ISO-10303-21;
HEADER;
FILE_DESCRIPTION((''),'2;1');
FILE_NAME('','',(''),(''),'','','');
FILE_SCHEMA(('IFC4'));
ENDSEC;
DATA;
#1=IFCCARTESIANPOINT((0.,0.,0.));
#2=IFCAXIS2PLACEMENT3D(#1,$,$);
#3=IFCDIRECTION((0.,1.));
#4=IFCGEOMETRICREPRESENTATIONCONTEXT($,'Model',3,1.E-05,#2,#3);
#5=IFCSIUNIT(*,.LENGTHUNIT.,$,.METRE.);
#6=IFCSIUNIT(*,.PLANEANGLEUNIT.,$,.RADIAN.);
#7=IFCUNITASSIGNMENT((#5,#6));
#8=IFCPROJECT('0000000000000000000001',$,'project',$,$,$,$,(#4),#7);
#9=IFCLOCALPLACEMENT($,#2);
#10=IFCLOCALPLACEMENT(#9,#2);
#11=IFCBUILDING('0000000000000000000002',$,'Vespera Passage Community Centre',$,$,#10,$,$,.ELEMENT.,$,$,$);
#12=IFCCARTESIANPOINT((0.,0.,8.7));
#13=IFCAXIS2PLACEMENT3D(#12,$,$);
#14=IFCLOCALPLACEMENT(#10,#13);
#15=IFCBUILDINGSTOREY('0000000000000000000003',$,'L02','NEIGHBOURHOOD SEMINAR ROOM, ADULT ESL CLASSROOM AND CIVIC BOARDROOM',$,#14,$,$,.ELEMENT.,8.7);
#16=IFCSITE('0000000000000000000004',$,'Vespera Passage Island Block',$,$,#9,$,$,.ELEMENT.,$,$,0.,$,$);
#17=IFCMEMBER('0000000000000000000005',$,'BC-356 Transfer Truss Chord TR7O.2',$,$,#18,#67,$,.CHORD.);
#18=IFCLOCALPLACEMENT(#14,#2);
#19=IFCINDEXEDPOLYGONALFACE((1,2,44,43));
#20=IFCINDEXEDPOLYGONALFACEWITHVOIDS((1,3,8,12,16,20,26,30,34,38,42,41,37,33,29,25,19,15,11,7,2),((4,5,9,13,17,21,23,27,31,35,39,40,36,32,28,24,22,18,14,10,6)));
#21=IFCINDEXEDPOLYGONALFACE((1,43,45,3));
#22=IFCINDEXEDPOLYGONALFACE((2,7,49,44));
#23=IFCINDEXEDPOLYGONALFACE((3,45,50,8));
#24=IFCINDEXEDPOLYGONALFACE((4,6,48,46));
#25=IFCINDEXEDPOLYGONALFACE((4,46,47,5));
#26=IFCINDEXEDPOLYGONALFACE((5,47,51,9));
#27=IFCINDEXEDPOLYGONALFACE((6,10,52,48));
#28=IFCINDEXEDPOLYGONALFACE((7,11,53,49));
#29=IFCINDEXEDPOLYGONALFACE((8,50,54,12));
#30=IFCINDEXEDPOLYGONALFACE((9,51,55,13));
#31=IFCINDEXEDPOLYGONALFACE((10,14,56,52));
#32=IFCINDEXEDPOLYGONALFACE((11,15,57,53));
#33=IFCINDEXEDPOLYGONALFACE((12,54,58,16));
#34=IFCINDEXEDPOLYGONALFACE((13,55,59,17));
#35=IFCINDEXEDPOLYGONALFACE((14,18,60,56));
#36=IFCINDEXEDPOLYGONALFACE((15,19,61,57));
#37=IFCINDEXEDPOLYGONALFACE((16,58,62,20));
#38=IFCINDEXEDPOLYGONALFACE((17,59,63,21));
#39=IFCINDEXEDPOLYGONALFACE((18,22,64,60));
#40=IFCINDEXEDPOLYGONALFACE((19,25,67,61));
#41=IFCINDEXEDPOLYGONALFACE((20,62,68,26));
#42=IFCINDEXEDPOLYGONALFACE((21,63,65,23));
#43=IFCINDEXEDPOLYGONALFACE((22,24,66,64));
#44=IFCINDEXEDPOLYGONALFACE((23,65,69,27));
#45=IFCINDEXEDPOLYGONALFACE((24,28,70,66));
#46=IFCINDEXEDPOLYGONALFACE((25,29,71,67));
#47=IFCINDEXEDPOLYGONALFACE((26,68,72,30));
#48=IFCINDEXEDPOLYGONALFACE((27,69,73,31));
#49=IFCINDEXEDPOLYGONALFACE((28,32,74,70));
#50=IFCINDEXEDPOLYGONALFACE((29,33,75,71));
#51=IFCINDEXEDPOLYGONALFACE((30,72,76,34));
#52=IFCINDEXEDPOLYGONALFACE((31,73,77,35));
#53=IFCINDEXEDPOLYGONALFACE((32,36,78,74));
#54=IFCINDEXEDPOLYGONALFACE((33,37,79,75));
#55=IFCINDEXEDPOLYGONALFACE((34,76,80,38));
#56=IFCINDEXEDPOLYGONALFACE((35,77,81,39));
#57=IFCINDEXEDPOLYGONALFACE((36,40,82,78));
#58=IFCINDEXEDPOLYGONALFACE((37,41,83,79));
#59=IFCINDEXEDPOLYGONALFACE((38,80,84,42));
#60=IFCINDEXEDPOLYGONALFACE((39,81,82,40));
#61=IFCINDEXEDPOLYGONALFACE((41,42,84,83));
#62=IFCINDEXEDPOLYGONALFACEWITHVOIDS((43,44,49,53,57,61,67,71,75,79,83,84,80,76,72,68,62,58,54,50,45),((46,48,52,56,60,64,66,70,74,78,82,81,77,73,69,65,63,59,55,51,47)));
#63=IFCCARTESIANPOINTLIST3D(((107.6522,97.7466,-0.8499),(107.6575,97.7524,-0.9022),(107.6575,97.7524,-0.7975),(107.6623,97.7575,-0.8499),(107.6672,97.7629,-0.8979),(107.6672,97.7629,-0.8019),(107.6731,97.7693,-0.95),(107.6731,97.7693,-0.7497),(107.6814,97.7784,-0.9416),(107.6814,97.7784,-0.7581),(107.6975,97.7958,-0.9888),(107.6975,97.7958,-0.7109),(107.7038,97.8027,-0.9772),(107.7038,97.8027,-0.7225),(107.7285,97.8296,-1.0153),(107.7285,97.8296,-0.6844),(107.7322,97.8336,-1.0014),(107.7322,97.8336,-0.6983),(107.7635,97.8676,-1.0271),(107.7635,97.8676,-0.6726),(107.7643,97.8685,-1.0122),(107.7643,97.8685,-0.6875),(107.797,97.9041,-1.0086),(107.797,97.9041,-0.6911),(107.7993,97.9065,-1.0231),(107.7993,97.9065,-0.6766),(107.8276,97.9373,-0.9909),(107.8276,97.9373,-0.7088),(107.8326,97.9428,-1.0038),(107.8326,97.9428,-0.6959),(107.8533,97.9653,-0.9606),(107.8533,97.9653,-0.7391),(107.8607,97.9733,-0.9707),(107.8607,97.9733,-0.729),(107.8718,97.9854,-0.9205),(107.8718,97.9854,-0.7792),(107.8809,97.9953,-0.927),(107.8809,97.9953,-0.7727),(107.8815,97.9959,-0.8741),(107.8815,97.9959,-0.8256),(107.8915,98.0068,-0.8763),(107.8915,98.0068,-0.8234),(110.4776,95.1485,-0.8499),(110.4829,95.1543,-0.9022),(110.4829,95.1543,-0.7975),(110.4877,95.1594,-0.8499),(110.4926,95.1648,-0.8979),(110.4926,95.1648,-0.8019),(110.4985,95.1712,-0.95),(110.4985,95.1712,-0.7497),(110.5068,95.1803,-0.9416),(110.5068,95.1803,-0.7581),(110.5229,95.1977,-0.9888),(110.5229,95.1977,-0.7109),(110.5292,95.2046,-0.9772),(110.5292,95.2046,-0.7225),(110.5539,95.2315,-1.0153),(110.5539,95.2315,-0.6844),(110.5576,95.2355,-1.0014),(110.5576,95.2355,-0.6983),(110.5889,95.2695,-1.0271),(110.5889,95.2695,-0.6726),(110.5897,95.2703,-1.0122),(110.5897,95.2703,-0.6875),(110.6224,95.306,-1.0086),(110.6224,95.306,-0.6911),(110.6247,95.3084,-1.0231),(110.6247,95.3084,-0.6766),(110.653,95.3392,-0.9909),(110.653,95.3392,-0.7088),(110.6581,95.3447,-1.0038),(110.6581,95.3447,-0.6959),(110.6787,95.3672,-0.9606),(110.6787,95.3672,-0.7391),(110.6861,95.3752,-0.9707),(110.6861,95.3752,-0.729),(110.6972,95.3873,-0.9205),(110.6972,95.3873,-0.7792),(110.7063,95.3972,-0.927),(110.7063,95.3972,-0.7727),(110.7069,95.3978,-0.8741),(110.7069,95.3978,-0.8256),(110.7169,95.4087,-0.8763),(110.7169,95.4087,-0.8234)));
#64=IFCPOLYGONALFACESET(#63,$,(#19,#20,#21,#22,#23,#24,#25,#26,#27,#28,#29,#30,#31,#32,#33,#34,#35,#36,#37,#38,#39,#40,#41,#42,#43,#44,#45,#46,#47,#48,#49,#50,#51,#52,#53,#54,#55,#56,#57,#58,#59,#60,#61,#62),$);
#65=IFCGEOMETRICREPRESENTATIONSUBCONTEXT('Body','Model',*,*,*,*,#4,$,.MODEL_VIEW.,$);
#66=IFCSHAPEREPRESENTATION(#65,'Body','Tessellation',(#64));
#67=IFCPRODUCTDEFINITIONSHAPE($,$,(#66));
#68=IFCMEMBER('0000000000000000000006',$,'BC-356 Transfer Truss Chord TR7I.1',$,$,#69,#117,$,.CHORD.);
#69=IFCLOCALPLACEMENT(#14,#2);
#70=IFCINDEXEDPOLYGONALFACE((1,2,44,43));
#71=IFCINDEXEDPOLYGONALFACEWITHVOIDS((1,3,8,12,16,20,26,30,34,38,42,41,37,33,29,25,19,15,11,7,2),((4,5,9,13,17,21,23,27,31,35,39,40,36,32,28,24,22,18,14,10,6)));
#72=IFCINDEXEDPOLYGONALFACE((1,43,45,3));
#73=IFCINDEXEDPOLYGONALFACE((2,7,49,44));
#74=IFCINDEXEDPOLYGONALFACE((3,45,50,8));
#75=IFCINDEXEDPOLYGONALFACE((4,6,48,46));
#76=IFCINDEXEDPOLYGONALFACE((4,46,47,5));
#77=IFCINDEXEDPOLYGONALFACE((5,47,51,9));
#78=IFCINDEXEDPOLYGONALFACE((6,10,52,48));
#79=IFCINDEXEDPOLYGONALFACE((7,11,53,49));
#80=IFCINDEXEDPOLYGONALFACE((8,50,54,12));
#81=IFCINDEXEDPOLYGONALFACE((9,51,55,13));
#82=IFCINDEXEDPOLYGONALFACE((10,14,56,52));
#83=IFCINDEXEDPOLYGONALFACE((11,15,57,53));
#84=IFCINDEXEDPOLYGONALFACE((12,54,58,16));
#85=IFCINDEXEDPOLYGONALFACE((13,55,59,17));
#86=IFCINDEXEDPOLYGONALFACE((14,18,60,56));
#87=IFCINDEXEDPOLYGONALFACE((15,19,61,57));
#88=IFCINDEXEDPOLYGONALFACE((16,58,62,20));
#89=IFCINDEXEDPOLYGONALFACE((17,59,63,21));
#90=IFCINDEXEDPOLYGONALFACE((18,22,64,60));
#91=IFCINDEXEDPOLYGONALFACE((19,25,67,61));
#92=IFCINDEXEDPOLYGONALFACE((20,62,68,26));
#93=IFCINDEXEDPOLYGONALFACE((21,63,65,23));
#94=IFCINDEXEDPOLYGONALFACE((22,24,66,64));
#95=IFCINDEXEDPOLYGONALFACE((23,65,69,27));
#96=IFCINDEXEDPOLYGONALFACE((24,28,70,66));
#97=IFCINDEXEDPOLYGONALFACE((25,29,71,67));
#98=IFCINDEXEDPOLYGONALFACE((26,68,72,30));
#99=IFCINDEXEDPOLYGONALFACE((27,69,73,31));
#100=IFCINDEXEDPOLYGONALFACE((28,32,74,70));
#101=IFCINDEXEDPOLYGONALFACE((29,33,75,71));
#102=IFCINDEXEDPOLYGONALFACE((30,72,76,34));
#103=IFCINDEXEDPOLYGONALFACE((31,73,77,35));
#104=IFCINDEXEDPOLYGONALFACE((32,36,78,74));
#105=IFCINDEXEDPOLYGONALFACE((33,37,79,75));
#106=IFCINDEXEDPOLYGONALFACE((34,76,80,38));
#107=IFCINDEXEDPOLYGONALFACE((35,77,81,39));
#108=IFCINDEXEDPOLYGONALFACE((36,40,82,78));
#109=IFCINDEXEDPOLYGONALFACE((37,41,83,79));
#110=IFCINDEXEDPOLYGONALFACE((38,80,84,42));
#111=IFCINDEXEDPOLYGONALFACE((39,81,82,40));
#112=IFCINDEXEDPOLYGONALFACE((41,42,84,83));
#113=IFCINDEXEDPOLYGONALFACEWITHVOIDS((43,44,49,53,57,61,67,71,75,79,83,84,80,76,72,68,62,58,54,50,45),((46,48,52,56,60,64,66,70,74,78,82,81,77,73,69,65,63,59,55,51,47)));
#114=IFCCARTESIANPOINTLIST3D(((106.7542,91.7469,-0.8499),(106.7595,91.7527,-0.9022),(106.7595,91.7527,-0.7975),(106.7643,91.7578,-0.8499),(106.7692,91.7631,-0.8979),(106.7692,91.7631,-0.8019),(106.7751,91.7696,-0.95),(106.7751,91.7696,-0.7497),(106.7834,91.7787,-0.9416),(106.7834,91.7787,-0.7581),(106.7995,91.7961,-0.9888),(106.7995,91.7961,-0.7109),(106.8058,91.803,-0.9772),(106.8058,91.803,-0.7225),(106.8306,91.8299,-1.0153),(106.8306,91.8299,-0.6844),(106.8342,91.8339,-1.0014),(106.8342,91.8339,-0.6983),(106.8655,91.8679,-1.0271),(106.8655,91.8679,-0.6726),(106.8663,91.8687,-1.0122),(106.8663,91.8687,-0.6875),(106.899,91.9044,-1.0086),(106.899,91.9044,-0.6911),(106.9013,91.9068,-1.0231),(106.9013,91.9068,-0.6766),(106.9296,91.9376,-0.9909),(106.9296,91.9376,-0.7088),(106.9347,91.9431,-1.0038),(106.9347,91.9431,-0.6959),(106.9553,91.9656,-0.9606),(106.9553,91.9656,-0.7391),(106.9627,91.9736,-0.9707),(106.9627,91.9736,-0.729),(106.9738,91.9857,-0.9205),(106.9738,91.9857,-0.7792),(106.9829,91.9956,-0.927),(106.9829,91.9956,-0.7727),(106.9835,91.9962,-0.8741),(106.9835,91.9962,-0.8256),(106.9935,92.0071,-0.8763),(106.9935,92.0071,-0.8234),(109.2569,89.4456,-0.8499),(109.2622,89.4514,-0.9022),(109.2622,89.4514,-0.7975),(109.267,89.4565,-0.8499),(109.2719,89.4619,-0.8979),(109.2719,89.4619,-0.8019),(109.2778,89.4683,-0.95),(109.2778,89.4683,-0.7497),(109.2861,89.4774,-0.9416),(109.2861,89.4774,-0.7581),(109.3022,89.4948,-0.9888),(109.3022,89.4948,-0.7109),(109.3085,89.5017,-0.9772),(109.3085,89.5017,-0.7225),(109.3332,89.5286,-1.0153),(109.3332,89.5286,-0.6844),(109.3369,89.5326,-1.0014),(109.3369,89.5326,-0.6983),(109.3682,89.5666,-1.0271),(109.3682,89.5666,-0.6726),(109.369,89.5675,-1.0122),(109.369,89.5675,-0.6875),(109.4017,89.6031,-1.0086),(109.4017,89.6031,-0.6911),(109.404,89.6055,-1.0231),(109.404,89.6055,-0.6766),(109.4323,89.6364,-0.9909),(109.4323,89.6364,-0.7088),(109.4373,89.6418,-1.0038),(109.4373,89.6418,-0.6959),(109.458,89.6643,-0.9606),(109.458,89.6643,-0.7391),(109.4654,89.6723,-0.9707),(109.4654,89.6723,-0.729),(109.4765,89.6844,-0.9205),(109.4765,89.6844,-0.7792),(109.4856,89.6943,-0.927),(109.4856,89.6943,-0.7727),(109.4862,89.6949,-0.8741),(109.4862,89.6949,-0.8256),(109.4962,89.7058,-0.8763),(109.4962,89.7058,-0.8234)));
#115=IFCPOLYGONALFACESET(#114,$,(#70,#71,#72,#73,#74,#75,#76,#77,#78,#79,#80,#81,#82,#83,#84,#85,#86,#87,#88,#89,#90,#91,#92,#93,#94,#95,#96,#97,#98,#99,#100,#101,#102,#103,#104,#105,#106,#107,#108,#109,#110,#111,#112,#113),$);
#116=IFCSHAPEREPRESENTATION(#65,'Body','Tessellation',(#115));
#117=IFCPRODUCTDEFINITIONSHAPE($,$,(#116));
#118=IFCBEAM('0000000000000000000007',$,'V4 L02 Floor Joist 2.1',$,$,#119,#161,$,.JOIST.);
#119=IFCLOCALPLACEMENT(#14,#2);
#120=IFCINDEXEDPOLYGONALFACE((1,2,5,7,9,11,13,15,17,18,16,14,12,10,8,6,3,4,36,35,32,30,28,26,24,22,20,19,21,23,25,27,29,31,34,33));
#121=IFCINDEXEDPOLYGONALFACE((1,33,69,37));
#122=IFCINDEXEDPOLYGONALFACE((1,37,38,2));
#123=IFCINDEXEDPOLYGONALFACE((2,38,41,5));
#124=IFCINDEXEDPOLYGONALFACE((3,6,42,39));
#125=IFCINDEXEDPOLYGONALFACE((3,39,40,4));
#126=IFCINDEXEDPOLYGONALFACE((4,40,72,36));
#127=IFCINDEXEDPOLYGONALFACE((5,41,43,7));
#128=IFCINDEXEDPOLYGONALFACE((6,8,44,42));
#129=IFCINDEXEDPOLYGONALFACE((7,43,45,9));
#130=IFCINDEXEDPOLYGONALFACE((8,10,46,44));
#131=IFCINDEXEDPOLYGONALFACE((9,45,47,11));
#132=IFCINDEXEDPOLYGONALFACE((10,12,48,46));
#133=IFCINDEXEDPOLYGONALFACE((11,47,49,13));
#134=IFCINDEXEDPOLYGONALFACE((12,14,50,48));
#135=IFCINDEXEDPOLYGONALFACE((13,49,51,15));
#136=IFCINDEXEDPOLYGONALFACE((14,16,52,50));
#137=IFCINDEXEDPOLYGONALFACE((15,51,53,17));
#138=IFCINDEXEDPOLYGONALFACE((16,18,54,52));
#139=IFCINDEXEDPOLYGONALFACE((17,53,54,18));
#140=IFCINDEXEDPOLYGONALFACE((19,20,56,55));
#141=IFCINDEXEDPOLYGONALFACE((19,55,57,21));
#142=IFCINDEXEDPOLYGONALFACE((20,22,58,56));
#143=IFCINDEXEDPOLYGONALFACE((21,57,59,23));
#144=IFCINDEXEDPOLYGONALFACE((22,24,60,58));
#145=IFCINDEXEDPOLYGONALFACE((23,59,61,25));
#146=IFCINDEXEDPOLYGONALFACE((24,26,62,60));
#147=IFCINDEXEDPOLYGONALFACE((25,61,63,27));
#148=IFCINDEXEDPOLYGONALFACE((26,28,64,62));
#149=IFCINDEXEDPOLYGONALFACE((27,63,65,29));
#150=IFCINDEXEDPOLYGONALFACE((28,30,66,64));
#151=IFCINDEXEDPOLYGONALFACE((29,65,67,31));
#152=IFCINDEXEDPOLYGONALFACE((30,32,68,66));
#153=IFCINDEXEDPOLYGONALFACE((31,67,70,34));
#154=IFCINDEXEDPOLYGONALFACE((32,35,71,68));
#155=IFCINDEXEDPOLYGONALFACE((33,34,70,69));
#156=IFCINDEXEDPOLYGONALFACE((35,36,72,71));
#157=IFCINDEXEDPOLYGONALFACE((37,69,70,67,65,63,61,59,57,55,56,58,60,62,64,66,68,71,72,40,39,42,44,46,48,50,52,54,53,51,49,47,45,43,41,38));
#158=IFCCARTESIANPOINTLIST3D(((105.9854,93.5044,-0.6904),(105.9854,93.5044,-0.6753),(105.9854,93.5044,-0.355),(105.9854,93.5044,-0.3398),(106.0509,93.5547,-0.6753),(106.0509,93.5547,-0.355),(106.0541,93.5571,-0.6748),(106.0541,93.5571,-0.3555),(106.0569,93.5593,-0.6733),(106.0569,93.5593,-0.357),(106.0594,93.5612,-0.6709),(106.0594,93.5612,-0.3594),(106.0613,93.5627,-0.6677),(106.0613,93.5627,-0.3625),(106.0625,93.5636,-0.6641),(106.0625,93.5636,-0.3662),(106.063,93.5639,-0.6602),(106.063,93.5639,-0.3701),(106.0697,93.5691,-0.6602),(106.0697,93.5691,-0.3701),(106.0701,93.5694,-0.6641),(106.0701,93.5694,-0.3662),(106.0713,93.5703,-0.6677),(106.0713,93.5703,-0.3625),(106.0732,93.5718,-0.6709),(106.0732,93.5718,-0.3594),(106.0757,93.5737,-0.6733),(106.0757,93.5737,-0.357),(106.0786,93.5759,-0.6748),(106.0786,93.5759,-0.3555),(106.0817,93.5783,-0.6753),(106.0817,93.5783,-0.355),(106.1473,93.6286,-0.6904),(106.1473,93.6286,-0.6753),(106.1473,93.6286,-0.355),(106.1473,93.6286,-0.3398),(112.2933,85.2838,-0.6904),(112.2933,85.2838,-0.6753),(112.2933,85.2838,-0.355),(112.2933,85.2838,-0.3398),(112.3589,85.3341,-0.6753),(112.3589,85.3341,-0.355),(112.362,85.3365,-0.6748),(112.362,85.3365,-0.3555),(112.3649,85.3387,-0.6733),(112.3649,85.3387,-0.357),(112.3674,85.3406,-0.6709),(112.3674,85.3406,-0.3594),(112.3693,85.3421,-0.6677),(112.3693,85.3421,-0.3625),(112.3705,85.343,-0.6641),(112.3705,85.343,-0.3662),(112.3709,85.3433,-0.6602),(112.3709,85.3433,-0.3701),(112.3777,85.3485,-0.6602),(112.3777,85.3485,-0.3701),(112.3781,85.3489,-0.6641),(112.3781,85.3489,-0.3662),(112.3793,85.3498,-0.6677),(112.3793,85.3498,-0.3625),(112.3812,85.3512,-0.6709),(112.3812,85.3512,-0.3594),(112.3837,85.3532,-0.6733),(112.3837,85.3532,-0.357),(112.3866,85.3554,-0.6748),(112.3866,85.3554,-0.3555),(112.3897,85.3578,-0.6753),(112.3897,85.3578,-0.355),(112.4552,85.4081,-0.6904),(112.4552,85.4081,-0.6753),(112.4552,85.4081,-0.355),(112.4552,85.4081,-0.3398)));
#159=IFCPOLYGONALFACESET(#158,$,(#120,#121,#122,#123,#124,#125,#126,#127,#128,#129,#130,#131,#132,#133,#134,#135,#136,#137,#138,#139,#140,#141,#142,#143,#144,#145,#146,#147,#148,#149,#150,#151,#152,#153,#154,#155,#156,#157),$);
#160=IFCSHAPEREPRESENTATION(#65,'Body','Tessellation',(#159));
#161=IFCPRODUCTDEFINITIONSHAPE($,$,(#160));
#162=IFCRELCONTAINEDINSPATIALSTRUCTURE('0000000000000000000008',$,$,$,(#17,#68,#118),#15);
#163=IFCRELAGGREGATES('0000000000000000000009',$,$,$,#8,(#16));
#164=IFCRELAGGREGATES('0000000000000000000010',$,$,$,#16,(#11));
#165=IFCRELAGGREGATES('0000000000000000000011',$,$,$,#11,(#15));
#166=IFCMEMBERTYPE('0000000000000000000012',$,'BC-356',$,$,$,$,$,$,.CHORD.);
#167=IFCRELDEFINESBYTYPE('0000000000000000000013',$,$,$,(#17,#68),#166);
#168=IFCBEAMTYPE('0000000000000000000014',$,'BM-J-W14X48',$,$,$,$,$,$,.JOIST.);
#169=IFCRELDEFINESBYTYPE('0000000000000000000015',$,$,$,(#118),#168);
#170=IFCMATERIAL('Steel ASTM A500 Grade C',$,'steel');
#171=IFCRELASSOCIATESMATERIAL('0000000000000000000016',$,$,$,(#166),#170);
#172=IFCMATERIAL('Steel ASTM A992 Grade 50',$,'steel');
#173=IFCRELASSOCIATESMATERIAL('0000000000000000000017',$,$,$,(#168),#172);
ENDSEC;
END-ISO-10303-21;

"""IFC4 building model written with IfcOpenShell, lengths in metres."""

from ifc_helpers import new_model, si_unit, direction, frame, origin, origin_2d, place, context, subcontext, project, spatial, hollow_circle, i_section, extrude, material, material_profile, profile_set, type_object, element, save


model = new_model("IFC4")

# Units and contexts
model_context = context("Model", 3, precision=1e-05, world=origin(), true_north=direction((0.0, 1.0)))
body_context = subcontext(model_context, "Body", "Model", "MODEL_VIEW")
ifc_project = project(units=[si_unit("LENGTHUNIT", "METRE"), si_unit("PLANEANGLEUNIT", "RADIAN")], contexts=[model_context])

# Site, building, storey
site_placement = place(None, origin())
site = spatial("IfcSite", under=ifc_project, at=site_placement, Name="Vespera Passage Island Block", CompositionType="ELEMENT", RefElevation=0.0)
building_placement = place(site_placement, origin())
building = spatial("IfcBuilding", under=site, at=building_placement, Name="Vespera Passage Community Centre", CompositionType="ELEMENT")
storey_placement = place(building_placement, frame((0.0, 0.0, 8.7)))
storey = spatial("IfcBuildingStorey", under=building, at=storey_placement, Name="L02", Description="NEIGHBOURHOOD SEMINAR ROOM, ADULT ESL CLASSROOM AND CIVIC BOARDROOM", CompositionType="ELEMENT", Elevation=8.7)

# Members
ifc_material_1 = material(Name="Steel ASTM A500 Grade C", Category="steel")
ifc_material_profile_1 = material_profile(ifc_material_1, hollow_circle(Radius=0.1777, WallThickness=0.0149, at=origin_2d()), Name="CHS356X15.9")
ifc_profile_set_1 = profile_set([ifc_material_profile_1], Name="Steel ASTM A500 Grade C")
member_type_1 = type_object("IfcMemberType", Name="BC-356", PredefinedType="CHORD", material=ifc_profile_set_1)
member_1_placement = place(storey_placement, frame((110.5979, 95.2793, -0.8499), z_axis=(-0.736095, 0.676879, 0.0), x_axis=(-0.676879, -0.736095, 0.0)))
element("IfcMember", 1, at=member_1_placement, inside=storey, type_object=member_type_1, Name="BC-356 Transfer Truss Chord TR7O.2", PredefinedType="CHORD", context=body_context, shape_type="SweptSolid", body=[
    extrude(hollow_circle(Radius=0.1777, WallThickness=0.0149, at=origin_2d()), origin(), (0.0, 0.0, 1.0), 3.8384),
])
member_2_placement = place(storey_placement, frame((109.3772, 89.5764, -0.8499), z_axis=(-0.736107, 0.676865, 0.0), x_axis=(-0.676865, -0.736107, 0.0)))
element("IfcMember", 2, at=member_2_placement, inside=storey, type_object=member_type_1, Name="BC-356 Transfer Truss Chord TR7I.1", PredefinedType="CHORD", context=body_context, shape_type="SweptSolid", body=[
    extrude(hollow_circle(Radius=0.1777, WallThickness=0.0149, at=origin_2d()), origin(), (0.0, 0.0, 1.0), 3.3999),
])

# Beam
ifc_material_2 = material(Name="Steel ASTM A992 Grade 50", Category="steel")
ifc_material_profile_2 = material_profile(ifc_material_2, i_section(OverallWidth=0.2041, OverallDepth=0.3506, WebThickness=0.0085, FlangeThickness=0.0151, FilletRadius=0.0151, at=origin_2d()), Name="W14X48")
ifc_profile_set_2 = profile_set([ifc_material_profile_2], Name="Steel ASTM A992 Grade 50")
beam_type_1 = type_object("IfcBeamType", Name="BM-J-W14X48", PredefinedType="JOIST", material=ifc_profile_set_2)
beam_1_placement = place(storey_placement, frame((112.3743, 85.3459, -0.5151), z_axis=(-0.608766, 0.79335, 0.0), x_axis=(-0.79335, -0.608766, 0.0)))
element("IfcBeam", 3, at=beam_1_placement, inside=storey, type_object=beam_type_1, Name="V4 L02 Floor Joist 2.1", PredefinedType="JOIST", context=body_context, shape_type="SweptSolid", body=[
    extrude(i_section(OverallWidth=0.2041, OverallDepth=0.3506, WebThickness=0.0085, FlangeThickness=0.0151, FilletRadius=0.0151, at=origin_2d()), origin(), (0.0, 0.0, 1.0), 10.3618),
])

save(model, "model.ifc")
